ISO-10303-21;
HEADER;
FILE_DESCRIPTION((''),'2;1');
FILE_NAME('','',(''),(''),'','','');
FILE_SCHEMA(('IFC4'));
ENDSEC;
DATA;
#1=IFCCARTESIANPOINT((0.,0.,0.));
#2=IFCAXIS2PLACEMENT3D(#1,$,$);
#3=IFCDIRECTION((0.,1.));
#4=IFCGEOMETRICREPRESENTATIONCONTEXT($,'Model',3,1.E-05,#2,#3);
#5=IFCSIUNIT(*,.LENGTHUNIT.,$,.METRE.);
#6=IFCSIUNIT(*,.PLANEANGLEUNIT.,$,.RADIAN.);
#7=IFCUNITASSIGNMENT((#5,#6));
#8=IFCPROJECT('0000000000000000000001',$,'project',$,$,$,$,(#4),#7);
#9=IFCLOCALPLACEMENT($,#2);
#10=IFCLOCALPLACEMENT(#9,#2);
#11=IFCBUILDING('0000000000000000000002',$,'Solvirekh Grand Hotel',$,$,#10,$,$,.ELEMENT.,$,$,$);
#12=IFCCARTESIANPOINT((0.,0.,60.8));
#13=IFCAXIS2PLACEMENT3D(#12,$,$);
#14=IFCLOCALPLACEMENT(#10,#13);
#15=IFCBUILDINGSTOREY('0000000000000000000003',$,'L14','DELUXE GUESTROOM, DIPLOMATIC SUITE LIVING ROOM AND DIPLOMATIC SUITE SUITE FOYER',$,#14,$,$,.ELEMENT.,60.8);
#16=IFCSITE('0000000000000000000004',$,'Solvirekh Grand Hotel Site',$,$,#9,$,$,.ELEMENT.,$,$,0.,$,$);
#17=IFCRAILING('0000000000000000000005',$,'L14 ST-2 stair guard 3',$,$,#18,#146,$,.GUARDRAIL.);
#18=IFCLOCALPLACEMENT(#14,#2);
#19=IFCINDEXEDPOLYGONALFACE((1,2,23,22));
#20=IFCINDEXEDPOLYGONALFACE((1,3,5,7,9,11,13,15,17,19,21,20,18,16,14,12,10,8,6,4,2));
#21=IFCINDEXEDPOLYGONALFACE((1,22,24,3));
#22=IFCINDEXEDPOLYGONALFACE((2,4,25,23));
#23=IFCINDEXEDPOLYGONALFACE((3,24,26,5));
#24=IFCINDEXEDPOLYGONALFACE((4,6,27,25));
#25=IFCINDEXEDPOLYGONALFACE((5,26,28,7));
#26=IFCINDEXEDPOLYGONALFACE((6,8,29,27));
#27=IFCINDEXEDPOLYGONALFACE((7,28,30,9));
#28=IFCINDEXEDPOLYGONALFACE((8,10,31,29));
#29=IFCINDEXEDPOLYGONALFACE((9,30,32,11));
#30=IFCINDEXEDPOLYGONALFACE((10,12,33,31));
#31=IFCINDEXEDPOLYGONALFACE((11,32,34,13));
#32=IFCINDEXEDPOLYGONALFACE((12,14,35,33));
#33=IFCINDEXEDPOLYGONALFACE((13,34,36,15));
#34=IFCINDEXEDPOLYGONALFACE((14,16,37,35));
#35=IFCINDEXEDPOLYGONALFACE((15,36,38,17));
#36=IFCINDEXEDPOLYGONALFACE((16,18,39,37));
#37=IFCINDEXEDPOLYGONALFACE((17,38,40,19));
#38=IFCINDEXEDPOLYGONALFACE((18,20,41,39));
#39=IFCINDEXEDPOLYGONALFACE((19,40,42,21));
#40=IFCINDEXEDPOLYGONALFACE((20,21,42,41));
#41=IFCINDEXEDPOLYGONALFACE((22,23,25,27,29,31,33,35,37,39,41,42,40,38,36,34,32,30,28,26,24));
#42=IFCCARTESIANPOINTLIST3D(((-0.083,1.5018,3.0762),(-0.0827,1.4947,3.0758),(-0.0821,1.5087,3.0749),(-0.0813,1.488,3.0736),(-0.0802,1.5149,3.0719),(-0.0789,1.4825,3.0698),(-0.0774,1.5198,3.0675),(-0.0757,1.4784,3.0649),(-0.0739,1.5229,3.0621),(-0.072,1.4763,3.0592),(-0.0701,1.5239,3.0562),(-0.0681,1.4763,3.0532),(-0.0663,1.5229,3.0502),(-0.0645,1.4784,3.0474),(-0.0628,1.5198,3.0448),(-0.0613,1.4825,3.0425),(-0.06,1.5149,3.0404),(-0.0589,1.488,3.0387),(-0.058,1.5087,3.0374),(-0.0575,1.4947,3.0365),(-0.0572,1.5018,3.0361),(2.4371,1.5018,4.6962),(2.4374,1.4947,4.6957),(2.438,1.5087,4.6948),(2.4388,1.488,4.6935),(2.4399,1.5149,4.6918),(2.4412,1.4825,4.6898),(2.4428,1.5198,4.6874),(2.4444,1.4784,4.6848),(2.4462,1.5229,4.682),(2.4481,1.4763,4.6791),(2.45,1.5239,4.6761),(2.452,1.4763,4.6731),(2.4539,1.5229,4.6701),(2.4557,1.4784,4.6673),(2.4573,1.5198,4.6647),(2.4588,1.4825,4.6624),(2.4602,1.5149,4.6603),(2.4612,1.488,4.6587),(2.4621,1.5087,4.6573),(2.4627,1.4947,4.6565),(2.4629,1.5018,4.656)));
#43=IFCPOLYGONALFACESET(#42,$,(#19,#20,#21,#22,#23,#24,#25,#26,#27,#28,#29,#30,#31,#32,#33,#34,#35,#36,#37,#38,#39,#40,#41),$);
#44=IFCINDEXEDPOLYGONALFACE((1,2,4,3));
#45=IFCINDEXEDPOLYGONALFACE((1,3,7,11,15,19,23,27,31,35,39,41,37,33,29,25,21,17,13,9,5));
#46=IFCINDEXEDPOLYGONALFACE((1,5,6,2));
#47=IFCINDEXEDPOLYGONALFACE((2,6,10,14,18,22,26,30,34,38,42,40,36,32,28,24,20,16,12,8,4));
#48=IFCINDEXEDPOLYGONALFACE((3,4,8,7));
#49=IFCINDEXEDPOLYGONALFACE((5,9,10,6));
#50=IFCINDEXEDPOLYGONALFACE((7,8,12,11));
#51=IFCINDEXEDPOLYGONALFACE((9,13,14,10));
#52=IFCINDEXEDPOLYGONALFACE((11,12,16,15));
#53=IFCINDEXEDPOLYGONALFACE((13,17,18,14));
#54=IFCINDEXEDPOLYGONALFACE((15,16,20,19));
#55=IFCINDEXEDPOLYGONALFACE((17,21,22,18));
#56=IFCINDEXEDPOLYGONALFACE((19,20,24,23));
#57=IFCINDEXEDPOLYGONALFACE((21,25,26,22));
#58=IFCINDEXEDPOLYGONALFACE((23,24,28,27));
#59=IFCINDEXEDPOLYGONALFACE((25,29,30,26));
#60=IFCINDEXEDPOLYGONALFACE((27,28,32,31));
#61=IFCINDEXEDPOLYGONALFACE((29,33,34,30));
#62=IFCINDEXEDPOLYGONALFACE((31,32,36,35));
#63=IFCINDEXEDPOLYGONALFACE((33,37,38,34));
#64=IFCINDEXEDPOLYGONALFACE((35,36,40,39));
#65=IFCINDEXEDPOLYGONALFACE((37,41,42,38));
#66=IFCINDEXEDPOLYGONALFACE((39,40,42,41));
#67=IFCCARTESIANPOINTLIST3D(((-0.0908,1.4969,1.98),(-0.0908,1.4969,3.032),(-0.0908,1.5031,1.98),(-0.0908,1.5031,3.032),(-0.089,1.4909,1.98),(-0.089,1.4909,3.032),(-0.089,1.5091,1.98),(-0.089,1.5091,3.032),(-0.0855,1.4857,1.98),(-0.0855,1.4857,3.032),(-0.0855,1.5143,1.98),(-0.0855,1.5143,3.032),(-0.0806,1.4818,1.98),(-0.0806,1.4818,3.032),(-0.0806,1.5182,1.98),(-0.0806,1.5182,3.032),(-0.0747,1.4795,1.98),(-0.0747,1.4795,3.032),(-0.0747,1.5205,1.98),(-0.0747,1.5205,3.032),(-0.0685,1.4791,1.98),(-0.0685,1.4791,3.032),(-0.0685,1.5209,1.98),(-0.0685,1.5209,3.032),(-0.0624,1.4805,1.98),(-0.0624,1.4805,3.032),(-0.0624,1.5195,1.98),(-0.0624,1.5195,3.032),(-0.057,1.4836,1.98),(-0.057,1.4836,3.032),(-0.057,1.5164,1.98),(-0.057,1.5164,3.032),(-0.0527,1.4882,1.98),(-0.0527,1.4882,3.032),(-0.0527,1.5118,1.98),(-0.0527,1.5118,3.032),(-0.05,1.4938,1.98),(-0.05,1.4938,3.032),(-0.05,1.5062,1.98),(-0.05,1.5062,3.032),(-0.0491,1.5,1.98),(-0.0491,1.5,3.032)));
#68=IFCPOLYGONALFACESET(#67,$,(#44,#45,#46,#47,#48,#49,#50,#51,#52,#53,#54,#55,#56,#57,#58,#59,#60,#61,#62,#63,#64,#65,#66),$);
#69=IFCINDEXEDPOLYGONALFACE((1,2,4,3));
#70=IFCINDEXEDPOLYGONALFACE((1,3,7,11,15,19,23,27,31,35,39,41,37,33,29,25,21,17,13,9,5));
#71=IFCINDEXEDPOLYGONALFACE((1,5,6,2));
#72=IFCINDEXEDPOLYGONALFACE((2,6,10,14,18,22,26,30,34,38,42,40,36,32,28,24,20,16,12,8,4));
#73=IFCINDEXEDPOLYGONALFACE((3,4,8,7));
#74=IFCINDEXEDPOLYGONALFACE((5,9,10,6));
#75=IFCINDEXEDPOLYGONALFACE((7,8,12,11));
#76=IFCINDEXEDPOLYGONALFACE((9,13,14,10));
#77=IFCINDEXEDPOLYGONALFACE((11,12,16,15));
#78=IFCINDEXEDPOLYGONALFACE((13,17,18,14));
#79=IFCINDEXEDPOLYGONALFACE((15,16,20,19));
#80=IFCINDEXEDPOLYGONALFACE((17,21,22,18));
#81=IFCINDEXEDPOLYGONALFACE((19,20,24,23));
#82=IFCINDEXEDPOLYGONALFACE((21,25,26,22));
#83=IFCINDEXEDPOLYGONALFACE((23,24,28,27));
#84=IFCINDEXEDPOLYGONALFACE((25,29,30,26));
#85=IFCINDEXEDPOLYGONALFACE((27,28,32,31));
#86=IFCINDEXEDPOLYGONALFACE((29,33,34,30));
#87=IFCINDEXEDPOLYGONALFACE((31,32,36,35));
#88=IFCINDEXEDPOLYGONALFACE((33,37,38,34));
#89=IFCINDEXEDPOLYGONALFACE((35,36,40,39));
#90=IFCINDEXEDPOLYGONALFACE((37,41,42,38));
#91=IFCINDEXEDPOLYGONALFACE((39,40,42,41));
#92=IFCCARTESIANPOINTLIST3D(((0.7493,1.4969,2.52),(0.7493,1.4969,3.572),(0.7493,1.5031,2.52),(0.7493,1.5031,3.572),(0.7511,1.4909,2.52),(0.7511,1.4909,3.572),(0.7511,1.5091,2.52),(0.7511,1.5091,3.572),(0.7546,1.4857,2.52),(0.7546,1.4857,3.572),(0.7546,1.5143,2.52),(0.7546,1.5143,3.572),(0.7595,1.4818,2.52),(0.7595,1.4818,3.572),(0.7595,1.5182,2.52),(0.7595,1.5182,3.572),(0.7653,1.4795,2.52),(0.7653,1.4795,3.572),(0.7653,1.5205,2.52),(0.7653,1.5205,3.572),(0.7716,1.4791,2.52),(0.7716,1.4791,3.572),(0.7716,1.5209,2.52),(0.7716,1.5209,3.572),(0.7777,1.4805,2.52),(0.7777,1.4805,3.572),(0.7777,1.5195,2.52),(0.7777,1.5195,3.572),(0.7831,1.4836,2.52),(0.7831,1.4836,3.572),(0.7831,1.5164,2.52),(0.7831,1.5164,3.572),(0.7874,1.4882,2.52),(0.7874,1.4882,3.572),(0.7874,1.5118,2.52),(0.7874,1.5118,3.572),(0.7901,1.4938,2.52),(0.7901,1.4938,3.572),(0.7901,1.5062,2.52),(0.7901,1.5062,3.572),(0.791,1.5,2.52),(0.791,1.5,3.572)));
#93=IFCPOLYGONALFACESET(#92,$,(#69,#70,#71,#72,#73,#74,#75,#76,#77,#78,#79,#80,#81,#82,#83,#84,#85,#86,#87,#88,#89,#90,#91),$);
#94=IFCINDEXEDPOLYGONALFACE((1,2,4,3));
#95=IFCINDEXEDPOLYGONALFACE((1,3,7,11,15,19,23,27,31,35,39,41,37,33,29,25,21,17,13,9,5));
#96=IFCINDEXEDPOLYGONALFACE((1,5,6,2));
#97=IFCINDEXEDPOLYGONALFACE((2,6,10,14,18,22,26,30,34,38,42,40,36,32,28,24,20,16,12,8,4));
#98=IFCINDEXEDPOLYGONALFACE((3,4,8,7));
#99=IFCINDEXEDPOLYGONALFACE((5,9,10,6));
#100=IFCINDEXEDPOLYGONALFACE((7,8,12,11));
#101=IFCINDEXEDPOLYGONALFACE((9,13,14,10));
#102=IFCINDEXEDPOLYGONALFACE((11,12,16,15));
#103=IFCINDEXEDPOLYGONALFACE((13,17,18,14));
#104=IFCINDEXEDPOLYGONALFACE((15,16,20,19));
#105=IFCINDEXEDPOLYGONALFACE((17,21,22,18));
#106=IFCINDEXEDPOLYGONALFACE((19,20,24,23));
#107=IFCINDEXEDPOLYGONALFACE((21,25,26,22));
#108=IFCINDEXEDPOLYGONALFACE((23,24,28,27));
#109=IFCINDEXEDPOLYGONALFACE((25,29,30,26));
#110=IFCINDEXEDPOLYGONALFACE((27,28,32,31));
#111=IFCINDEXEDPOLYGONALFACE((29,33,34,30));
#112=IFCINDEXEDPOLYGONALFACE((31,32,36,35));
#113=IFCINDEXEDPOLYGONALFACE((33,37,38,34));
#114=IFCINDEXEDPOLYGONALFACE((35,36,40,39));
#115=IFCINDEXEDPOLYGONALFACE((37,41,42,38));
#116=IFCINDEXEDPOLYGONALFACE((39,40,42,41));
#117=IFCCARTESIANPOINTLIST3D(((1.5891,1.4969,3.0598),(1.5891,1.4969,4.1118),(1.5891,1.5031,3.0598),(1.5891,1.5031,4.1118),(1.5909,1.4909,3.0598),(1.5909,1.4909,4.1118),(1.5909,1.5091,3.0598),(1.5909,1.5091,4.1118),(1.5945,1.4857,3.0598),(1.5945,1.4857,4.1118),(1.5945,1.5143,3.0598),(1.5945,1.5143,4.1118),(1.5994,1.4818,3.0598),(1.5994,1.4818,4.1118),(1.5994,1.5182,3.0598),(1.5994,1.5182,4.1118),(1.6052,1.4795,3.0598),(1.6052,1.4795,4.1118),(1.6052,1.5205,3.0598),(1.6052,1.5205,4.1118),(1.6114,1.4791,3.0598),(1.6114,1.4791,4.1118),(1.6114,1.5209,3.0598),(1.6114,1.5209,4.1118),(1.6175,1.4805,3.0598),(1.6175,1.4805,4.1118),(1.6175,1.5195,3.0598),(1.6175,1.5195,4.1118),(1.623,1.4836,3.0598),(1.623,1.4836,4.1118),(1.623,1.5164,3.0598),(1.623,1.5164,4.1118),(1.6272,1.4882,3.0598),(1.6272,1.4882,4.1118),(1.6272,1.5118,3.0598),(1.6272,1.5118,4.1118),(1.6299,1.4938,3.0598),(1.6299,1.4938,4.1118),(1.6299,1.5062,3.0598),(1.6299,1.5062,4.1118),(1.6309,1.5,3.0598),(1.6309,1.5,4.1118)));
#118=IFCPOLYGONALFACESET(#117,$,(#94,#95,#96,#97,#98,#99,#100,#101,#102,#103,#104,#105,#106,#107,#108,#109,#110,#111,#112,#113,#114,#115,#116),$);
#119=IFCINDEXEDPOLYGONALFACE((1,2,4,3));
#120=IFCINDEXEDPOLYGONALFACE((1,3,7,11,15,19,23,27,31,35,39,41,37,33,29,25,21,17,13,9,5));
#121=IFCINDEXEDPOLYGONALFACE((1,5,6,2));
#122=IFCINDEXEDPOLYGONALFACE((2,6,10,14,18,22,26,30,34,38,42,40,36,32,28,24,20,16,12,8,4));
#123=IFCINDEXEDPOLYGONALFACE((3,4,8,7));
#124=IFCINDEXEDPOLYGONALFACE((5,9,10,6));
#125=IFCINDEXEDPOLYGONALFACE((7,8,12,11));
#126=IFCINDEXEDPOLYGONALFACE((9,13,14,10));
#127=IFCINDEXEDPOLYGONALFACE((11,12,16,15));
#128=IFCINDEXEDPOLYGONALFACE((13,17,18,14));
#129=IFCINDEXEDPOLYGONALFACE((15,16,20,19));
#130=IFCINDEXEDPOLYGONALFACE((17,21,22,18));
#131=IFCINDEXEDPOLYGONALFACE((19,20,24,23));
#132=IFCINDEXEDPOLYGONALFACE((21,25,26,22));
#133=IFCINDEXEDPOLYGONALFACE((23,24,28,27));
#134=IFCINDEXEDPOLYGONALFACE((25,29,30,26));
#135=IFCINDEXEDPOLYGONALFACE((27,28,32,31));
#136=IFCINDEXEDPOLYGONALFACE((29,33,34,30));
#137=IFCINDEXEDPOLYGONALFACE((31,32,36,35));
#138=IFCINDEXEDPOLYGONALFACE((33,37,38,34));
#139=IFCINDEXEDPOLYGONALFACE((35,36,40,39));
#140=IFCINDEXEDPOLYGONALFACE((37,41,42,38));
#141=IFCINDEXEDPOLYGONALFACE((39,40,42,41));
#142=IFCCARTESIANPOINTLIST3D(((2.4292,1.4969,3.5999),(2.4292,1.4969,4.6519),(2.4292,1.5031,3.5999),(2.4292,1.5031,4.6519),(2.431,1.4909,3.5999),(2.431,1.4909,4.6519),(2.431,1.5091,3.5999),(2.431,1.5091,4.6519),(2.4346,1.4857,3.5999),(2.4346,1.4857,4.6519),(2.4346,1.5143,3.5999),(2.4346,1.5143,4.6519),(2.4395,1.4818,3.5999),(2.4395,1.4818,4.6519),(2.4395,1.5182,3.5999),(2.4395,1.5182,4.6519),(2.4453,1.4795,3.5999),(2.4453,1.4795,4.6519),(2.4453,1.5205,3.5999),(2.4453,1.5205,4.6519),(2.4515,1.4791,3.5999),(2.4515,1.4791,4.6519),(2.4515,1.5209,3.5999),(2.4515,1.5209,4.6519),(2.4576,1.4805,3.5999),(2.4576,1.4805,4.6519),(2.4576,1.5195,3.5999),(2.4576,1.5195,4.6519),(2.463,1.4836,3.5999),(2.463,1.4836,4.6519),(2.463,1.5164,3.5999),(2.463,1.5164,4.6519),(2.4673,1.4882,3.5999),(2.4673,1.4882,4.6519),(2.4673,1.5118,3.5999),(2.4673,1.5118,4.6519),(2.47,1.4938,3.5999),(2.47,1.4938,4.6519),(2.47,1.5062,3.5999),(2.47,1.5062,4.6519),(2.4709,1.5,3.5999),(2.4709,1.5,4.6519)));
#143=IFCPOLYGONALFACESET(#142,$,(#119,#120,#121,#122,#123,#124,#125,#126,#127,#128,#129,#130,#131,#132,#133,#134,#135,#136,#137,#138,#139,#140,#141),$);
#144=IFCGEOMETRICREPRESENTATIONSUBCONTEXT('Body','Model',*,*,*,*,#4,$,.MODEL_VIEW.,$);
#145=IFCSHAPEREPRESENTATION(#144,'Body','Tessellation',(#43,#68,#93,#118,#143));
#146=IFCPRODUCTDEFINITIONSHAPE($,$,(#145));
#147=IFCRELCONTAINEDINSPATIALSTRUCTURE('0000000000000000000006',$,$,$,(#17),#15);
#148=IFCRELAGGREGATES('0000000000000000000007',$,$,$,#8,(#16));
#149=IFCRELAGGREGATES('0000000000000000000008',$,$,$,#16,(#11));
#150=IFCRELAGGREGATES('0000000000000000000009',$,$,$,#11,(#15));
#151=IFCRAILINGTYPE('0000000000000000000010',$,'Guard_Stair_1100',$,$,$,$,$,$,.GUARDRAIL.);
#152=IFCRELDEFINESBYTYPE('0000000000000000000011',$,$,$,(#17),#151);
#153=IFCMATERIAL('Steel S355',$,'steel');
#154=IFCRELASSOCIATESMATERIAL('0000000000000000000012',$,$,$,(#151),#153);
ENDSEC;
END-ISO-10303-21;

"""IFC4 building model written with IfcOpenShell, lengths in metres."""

from ifc_helpers import new_model, si_unit, direction, frame, origin, origin_2d, place, context, subcontext, project, spatial, circle, extrude, material, type_object, element, save


model = new_model("IFC4")

# Units and contexts
model_context = context("Model", 3, precision=1e-05, world=origin(), true_north=direction((0.0, 1.0)))
body_context = subcontext(model_context, "Body", "Model", "MODEL_VIEW")
ifc_project = project(units=[si_unit("LENGTHUNIT", "METRE"), si_unit("PLANEANGLEUNIT", "RADIAN")], contexts=[model_context])

# Site, building, storey
site_placement = place(None, origin())
site = spatial("IfcSite", under=ifc_project, at=site_placement, Name="Solvirekh Grand Hotel Site", CompositionType="ELEMENT", RefElevation=0.0)
building_placement = place(site_placement, origin())
building = spatial("IfcBuilding", under=site, at=building_placement, Name="Solvirekh Grand Hotel", CompositionType="ELEMENT")
storey_placement = place(building_placement, frame((0.0, 0.0, 60.8)))
storey = spatial("IfcBuildingStorey", under=building, at=storey_placement, Name="L14", Description="DELUXE GUESTROOM, DIPLOMATIC SUITE LIVING ROOM AND DIPLOMATIC SUITE SUITE FOYER", CompositionType="ELEMENT", Elevation=60.8)

# Railing
ifc_material_1 = material(Name="Steel S355", Category="steel")
railing_type_1 = type_object("IfcRailingType", Name="Guard_Stair_1100", PredefinedType="GUARDRAIL", material=ifc_material_1)
railing_1_placement = place(storey_placement, frame((-0.0701, 1.5, 1.98)))
element("IfcRailing", 1, at=railing_1_placement, inside=storey, type_object=railing_type_1, Name="L14 ST-2 stair guard 3", PredefinedType="GUARDRAIL", context=body_context, shape_type="SweptSolid", body=[
    extrude(circle(Radius=0.0239, at=origin_2d()), frame((0.0, 0.0, 1.0762), z_axis=(0.8412, 0.0, 0.540725), x_axis=(0.0, 1.0, 0.0)), (0.0, 0.0, 1.0), 2.9958),
    extrude(circle(Radius=0.021, at=origin_2d()), origin(), (0.0, 0.0, 1.0), 1.052),
    extrude(circle(Radius=0.021, at=origin_2d()), frame((0.8401, 0.0, 0.54)), (0.0, 0.0, 1.0), 1.052),
    extrude(circle(Radius=0.021, at=origin_2d()), frame((1.6799, 0.0, 1.0798)), (0.0, 0.0, 1.0), 1.052),
    extrude(circle(Radius=0.021, at=origin_2d()), frame((2.52, 0.0, 1.6199)), (0.0, 0.0, 1.0), 1.052),
])

save(model, "model.ifc")
